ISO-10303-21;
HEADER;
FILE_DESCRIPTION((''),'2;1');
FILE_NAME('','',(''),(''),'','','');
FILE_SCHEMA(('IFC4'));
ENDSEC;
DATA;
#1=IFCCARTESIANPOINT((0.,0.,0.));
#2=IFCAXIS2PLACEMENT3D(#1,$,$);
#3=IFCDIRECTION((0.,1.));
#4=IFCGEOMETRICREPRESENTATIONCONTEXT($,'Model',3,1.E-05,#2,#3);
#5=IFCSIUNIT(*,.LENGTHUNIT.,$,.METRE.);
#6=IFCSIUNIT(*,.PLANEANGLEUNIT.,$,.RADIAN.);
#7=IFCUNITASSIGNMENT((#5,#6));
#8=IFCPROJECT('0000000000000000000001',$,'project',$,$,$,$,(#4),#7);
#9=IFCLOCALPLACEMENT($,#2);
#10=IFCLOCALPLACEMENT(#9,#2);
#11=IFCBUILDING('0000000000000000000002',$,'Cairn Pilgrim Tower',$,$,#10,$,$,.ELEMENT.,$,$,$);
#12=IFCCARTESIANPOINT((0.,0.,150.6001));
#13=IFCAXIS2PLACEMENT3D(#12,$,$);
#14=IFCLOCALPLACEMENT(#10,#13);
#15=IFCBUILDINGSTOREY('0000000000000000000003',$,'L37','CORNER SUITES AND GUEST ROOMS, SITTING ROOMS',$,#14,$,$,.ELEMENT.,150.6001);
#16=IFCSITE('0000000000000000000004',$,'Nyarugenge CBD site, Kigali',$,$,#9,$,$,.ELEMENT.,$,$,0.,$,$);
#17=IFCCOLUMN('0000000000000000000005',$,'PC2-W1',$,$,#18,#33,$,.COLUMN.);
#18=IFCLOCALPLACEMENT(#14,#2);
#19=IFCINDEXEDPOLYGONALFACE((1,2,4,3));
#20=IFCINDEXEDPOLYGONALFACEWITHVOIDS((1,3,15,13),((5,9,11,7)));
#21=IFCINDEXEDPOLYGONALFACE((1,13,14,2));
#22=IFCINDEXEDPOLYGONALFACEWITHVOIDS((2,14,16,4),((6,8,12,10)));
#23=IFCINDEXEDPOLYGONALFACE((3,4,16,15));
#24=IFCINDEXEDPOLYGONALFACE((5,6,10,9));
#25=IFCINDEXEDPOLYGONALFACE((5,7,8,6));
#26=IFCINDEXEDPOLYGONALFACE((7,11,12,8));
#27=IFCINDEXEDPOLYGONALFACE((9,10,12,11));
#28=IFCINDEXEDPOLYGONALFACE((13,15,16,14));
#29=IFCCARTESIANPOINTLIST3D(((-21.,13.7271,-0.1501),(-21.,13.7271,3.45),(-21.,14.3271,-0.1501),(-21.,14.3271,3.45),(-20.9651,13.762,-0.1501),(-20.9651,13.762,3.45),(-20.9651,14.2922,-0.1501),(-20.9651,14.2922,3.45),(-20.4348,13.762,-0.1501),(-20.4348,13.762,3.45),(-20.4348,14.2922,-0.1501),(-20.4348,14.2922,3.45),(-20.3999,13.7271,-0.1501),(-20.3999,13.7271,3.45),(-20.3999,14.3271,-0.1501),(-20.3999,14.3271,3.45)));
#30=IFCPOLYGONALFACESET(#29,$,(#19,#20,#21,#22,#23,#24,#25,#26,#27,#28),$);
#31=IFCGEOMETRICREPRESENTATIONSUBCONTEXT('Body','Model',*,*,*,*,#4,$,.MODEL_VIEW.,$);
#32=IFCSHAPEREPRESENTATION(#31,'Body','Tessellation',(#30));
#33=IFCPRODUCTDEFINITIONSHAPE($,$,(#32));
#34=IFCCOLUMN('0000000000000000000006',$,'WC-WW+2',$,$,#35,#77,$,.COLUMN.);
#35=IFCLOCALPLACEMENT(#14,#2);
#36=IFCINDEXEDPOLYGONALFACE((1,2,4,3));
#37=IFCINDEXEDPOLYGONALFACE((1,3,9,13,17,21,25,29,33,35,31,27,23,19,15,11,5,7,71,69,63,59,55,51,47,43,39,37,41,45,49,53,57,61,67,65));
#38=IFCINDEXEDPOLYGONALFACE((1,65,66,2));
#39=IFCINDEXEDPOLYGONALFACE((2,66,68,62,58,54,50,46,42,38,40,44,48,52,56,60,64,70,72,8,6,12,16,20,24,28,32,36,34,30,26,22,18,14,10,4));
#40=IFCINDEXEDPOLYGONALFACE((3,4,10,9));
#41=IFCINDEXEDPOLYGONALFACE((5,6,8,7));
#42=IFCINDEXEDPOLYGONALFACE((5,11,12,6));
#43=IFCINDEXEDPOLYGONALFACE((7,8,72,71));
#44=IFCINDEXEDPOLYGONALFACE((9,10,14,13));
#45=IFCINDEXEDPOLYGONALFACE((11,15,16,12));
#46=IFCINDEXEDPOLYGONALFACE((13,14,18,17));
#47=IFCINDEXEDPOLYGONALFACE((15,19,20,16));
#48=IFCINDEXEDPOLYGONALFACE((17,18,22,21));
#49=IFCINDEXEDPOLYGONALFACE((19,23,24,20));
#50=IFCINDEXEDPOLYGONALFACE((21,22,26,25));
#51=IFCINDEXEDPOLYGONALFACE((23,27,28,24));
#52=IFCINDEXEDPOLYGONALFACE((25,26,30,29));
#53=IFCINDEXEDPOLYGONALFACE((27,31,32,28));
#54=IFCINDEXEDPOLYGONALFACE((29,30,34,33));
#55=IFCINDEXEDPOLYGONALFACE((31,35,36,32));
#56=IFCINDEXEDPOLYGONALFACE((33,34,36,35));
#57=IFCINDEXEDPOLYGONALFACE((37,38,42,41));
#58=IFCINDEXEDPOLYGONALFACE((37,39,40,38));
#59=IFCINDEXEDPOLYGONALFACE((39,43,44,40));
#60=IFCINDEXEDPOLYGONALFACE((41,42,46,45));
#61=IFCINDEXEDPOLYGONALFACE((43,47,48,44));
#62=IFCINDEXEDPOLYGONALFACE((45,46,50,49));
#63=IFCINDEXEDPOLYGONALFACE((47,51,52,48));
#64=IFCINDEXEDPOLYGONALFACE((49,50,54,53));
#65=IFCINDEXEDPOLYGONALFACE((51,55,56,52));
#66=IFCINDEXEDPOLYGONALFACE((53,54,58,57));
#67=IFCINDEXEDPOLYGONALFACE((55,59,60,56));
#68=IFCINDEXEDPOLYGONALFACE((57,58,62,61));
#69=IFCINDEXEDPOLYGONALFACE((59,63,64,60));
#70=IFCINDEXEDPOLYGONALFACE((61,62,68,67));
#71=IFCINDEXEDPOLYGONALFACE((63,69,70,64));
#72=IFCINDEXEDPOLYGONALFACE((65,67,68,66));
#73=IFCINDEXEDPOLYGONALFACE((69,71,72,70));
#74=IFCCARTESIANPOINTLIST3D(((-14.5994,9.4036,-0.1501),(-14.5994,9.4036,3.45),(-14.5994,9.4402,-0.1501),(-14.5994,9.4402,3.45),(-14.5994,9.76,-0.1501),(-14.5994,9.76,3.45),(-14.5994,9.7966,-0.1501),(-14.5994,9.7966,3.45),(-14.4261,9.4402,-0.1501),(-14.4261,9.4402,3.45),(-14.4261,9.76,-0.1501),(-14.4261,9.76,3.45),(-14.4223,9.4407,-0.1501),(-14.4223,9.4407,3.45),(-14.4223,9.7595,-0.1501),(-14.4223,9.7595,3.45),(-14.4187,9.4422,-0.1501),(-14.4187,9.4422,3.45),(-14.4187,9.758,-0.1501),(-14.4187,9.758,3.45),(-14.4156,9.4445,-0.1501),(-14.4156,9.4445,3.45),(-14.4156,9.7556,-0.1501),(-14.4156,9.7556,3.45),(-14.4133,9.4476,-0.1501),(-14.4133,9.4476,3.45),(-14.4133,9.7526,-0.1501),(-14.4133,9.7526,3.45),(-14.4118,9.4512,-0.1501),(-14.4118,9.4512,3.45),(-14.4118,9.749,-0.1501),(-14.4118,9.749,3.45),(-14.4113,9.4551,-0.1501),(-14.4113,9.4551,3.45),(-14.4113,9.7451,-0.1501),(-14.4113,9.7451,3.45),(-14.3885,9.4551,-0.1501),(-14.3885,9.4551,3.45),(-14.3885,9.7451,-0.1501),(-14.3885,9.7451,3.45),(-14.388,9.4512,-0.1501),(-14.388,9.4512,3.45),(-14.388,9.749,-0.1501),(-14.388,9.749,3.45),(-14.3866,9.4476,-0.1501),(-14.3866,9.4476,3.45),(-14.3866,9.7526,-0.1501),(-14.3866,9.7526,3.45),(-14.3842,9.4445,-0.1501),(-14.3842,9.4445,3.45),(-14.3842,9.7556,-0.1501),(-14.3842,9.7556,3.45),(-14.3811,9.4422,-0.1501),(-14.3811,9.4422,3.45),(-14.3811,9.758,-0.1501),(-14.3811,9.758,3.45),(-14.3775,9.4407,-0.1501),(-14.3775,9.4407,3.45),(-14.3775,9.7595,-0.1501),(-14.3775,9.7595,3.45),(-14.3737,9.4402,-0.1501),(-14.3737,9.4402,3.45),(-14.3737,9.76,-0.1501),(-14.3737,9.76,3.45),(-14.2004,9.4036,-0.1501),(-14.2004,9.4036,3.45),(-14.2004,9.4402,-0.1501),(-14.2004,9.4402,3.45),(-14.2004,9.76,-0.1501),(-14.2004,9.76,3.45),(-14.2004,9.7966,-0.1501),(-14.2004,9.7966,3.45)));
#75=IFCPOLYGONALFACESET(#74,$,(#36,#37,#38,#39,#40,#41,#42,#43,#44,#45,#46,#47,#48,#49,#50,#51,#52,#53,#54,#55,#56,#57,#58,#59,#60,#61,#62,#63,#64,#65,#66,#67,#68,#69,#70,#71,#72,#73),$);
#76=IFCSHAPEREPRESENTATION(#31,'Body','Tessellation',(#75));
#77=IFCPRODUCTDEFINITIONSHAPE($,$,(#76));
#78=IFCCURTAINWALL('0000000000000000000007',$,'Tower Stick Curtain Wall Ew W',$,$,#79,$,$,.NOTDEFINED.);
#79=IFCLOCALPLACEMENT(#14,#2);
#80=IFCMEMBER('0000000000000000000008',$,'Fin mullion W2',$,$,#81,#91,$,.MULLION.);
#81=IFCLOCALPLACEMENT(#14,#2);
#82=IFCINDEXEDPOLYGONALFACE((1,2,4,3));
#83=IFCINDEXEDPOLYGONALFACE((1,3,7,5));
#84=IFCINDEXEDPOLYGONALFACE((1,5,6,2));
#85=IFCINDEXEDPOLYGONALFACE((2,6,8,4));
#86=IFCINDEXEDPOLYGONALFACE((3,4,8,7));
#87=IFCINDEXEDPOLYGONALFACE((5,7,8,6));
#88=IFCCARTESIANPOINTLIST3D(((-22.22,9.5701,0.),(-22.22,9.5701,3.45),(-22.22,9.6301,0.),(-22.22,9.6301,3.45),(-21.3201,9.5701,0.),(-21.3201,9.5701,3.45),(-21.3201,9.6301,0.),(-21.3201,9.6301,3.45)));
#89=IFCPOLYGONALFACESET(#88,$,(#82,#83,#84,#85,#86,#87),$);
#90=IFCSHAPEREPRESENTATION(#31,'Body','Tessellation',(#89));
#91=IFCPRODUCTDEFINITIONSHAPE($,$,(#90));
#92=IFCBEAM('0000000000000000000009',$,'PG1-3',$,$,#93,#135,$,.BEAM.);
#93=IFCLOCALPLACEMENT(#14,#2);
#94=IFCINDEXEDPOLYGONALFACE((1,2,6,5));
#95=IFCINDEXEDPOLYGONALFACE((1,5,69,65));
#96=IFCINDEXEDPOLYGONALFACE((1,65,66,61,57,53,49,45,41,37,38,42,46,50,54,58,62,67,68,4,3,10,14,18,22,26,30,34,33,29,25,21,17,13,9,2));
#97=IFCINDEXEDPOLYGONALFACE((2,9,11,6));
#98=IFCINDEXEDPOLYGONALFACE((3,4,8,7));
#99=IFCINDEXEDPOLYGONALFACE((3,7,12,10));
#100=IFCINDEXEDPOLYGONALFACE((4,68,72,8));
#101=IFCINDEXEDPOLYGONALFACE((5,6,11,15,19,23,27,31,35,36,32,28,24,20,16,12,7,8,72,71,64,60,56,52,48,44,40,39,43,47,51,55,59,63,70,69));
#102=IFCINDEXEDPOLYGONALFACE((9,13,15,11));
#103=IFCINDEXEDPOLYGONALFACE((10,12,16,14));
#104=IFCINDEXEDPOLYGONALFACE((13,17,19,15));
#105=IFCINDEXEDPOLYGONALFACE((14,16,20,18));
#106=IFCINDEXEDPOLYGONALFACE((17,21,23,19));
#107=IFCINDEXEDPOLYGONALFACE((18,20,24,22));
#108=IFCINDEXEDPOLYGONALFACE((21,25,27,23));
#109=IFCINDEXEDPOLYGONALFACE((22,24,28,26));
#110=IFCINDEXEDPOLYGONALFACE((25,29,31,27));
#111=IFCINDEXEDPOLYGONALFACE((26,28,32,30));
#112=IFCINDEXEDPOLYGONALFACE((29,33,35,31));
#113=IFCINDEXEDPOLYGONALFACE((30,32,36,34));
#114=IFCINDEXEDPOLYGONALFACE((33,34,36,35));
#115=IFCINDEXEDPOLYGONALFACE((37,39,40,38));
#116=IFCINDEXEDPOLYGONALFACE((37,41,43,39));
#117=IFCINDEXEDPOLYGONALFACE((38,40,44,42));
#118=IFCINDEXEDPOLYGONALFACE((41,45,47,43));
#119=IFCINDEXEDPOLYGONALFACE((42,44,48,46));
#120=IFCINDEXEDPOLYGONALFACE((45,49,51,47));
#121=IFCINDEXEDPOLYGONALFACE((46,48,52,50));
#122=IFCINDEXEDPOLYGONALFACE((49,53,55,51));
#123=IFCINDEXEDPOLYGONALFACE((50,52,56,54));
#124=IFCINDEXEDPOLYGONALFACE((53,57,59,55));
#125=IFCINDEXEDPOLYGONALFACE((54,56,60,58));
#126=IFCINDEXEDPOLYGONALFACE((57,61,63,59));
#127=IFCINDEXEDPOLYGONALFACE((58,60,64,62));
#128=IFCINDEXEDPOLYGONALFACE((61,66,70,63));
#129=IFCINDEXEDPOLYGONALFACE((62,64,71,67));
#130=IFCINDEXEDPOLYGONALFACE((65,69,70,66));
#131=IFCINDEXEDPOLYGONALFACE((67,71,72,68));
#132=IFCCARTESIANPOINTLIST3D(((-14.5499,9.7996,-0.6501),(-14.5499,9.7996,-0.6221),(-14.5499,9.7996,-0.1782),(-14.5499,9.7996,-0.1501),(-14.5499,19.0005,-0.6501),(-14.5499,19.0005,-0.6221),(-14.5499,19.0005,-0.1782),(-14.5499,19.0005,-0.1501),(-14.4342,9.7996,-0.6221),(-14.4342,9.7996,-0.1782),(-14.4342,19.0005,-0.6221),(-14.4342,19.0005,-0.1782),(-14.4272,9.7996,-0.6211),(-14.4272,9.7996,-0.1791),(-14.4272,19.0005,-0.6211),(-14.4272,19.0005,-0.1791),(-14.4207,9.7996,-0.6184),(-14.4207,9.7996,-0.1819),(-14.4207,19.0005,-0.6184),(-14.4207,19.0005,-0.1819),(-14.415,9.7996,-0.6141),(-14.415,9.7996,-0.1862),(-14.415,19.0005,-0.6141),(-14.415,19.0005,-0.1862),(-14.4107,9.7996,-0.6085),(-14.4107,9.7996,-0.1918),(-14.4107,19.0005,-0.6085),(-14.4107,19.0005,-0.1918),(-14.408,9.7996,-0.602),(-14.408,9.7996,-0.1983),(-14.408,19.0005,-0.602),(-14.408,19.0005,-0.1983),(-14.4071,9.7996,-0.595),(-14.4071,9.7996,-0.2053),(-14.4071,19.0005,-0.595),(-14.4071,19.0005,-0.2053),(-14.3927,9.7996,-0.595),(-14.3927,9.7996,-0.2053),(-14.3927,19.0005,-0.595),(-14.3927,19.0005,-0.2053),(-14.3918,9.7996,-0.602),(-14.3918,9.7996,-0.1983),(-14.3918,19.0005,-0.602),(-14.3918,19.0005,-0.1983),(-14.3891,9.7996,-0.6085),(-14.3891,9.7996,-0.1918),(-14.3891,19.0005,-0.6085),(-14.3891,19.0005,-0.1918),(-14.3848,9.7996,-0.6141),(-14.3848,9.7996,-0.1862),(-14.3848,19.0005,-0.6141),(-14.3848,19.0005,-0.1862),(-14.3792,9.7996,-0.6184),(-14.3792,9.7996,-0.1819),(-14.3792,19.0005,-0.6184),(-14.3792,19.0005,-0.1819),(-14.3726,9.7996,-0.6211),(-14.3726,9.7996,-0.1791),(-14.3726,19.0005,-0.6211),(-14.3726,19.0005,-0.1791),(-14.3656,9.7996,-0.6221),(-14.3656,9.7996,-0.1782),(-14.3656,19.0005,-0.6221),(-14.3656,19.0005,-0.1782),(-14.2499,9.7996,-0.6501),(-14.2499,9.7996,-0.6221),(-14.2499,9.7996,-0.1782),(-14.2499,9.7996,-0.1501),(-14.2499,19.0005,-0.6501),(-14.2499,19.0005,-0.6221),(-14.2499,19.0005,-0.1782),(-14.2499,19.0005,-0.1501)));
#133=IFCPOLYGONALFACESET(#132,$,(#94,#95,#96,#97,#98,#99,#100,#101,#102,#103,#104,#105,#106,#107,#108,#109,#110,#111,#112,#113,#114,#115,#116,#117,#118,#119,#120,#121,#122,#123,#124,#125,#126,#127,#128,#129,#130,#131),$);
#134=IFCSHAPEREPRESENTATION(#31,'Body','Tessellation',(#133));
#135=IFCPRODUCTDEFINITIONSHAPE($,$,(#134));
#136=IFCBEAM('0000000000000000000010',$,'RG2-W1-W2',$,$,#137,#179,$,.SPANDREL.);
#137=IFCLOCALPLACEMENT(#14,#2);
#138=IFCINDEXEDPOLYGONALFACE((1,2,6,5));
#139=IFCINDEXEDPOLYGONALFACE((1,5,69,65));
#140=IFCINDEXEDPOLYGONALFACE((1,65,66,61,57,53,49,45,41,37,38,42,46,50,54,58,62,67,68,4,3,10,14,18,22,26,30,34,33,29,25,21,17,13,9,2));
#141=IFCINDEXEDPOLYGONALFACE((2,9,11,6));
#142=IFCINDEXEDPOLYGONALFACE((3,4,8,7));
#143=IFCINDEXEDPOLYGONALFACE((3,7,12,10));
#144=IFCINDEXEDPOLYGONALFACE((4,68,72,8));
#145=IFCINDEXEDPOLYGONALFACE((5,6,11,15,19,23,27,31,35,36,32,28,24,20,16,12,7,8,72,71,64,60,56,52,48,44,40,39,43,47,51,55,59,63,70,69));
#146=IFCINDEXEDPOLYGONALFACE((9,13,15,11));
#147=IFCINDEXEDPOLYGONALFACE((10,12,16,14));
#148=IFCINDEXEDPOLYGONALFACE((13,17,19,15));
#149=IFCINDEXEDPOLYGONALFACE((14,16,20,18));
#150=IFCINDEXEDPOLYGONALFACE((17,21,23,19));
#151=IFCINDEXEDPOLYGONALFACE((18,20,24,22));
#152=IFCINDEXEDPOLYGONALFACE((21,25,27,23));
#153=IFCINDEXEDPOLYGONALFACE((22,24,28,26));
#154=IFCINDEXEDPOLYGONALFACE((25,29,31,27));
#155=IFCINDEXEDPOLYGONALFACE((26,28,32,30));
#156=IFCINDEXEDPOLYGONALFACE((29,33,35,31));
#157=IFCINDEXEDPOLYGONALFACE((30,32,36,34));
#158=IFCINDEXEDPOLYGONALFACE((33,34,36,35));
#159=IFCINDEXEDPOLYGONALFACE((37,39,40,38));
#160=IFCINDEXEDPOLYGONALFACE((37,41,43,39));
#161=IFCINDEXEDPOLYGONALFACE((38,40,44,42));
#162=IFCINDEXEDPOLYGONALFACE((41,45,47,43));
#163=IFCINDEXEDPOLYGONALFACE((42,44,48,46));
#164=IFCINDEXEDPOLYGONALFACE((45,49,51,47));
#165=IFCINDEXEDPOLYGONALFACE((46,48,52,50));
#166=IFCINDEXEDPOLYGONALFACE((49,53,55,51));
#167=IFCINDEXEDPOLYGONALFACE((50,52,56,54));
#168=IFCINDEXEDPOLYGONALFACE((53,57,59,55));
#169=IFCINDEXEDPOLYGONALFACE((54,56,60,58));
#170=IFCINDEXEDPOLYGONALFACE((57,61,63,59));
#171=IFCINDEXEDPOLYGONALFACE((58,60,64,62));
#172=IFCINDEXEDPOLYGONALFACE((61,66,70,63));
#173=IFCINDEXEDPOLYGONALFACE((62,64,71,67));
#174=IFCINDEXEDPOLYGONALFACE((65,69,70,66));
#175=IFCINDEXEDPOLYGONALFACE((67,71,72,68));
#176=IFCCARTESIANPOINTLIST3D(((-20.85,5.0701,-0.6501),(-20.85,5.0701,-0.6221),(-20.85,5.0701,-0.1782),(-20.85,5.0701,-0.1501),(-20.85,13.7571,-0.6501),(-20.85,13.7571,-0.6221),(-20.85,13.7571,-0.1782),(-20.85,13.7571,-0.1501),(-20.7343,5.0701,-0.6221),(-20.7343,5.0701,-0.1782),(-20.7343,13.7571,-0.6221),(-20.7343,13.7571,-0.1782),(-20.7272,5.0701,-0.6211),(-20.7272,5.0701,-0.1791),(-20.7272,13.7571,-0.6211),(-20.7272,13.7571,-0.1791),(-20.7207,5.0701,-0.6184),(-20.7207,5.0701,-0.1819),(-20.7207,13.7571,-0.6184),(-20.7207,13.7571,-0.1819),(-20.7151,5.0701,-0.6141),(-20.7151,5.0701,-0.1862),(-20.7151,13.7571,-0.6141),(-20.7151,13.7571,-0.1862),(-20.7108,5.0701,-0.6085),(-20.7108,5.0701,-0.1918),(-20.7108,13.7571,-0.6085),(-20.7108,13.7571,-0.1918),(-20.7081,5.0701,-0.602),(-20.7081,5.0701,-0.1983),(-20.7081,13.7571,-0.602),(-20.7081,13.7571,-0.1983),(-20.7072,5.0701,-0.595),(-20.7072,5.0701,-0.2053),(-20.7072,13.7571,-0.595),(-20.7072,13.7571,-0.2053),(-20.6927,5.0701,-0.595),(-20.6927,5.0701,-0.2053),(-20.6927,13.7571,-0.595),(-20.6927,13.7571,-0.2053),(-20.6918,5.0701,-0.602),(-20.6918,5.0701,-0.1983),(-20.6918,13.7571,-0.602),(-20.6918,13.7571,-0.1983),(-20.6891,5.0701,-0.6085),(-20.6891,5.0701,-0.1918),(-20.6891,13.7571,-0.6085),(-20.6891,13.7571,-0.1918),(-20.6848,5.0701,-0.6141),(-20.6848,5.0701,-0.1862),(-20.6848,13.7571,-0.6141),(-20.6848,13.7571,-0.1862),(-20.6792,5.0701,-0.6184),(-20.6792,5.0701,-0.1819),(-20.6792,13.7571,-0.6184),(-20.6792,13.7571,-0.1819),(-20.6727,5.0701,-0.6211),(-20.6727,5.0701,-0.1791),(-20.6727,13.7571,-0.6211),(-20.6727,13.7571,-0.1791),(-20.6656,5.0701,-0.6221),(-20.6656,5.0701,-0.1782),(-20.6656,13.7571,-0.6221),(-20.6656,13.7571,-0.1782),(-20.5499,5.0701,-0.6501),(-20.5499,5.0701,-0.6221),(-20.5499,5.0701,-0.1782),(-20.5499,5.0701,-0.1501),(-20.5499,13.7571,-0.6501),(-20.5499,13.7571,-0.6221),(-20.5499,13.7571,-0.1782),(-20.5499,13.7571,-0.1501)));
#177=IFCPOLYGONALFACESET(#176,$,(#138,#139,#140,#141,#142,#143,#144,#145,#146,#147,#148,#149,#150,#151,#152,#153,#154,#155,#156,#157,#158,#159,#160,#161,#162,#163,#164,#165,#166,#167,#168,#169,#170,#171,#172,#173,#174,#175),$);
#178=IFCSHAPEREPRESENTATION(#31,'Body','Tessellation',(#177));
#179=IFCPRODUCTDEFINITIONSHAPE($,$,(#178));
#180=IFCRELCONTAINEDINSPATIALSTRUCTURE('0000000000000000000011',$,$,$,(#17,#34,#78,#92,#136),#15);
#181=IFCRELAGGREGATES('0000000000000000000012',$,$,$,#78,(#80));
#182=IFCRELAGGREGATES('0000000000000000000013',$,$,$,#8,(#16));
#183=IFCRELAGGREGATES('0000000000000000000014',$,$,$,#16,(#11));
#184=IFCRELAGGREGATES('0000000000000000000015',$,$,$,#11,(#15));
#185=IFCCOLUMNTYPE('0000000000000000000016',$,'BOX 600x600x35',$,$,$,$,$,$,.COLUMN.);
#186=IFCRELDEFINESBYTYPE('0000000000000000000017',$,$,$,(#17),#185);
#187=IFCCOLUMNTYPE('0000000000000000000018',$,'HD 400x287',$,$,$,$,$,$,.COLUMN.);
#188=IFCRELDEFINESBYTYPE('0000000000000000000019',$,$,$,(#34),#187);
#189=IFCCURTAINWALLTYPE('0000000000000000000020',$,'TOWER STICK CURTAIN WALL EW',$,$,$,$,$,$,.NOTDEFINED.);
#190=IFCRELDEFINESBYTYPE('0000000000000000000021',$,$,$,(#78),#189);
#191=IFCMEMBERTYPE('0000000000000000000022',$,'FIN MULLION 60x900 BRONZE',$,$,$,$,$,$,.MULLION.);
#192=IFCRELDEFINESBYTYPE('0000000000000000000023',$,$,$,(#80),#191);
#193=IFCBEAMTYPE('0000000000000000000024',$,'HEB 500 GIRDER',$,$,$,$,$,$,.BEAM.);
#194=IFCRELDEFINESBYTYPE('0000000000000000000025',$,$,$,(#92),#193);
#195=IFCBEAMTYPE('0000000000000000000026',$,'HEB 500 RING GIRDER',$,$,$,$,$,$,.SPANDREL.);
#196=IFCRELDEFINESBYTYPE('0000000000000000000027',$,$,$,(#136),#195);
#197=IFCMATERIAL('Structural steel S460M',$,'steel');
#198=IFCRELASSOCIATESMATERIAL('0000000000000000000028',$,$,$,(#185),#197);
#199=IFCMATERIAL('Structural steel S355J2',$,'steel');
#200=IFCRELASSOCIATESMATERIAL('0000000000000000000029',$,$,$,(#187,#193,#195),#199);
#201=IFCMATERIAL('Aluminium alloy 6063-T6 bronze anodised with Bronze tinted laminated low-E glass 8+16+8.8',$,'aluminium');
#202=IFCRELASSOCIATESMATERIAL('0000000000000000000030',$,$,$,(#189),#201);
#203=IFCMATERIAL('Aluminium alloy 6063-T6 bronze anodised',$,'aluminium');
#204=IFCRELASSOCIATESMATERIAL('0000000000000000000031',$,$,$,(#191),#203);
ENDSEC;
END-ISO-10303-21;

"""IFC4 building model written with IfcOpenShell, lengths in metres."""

from ifc_helpers import new_model, si_unit, direction, frame, origin, origin_2d, place, context, subcontext, project, spatial, rectangle, hollow_rectangle, i_section, extrude, material, material_profile, profile_set, type_object, element, aggregate, save


model = new_model("IFC4")

# Units and contexts
model_context = context("Model", 3, precision=1e-05, world=origin(), true_north=direction((0.0, 1.0)))
body_context = subcontext(model_context, "Body", "Model", "MODEL_VIEW")
ifc_project = project(units=[si_unit("LENGTHUNIT", "METRE"), si_unit("PLANEANGLEUNIT", "RADIAN")], contexts=[model_context])

# Site, building, storey
site_placement = place(None, origin())
site = spatial("IfcSite", under=ifc_project, at=site_placement, Name="Nyarugenge CBD site, Kigali", CompositionType="ELEMENT", RefElevation=0.0)
building_placement = place(site_placement, origin())
building = spatial("IfcBuilding", under=site, at=building_placement, Name="Cairn Pilgrim Tower", CompositionType="ELEMENT")
storey_placement = place(building_placement, frame((0.0, 0.0, 150.6001)))
storey = spatial("IfcBuildingStorey", under=building, at=storey_placement, Name="L37", Description="CORNER SUITES AND GUEST ROOMS, SITTING ROOMS", CompositionType="ELEMENT", Elevation=150.6001)

# Columns
ifc_material_1 = material(Name="Structural steel S460M", Category="steel")
ifc_material_profile_1 = material_profile(ifc_material_1, hollow_rectangle(XDim=0.6001, YDim=0.6001, WallThickness=0.0349, at=origin_2d()), Name="BOX 600x600x35")
ifc_profile_set_1 = profile_set([ifc_material_profile_1], Name="Structural steel S460M")
column_type_1 = type_object("IfcColumnType", Name="BOX 600x600x35", PredefinedType="COLUMN", material=ifc_profile_set_1)
column_1_placement = place(storey_placement, frame((-20.7, 14.0271, -0.1501), z_axis=(0.0, 0.0, 1.0), x_axis=(1.0, 0.0, 0.0)))
element("IfcColumn", 1, at=column_1_placement, inside=storey, type_object=column_type_1, Name="PC2-W1", PredefinedType="COLUMN", context=body_context, shape_type="SweptSolid", body=[
    extrude(hollow_rectangle(XDim=0.6001, YDim=0.6001, WallThickness=0.0349, at=origin_2d()), origin(), (0.0, 0.0, 1.0), 3.6001),
])
ifc_material_2 = material(Name="Structural steel S355J2", Category="steel")
ifc_material_profile_2 = material_profile(ifc_material_2, i_section(OverallWidth=0.3989, OverallDepth=0.3931, WebThickness=0.0227, FlangeThickness=0.0366, FilletRadius=0.0149, at=origin_2d()), Name="HD 400x287")
ifc_profile_set_2 = profile_set([ifc_material_profile_2], Name="Structural steel S355J2")
column_type_2 = type_object("IfcColumnType", Name="HD 400x287", PredefinedType="COLUMN", material=ifc_profile_set_2)
column_2_placement = place(storey_placement, frame((-14.3999, 9.6001, -0.1501), z_axis=(0.0, 0.0, 1.0), x_axis=(1.0, 0.0, 0.0)))
element("IfcColumn", 2, at=column_2_placement, inside=storey, type_object=column_type_2, Name="WC-WW+2", PredefinedType="COLUMN", context=body_context, shape_type="SweptSolid", body=[
    extrude(i_section(OverallWidth=0.3989, OverallDepth=0.3931, WebThickness=0.0227, FlangeThickness=0.0366, FilletRadius=0.0149, at=origin_2d()), origin(), (0.0, 0.0, 1.0), 3.6001),
])

# Curtain wall, member
ifc_material_3 = material(Name="Aluminium alloy 6063-T6 bronze anodised with Bronze tinted laminated low-E glass 8+16+8.8", Category="aluminium")
curtain_wall_type = type_object("IfcCurtainWallType", Name="TOWER STICK CURTAIN WALL EW", PredefinedType="NOTDEFINED", material=ifc_material_3)
curtain_wall_placement = place(storey_placement, origin())
curtain_wall = element("IfcCurtainWall", 3, at=curtain_wall_placement, inside=storey, type_object=curtain_wall_type, Name="Tower Stick Curtain Wall Ew W", PredefinedType="NOTDEFINED")
ifc_material_4 = material(Name="Aluminium alloy 6063-T6 bronze anodised", Category="aluminium")
ifc_material_profile_3 = material_profile(ifc_material_4, rectangle(XDim=0.8999, YDim=0.0601, at=origin_2d()), Name="FIN MULLION 60x900 BRONZE")
ifc_profile_set_3 = profile_set([ifc_material_profile_3], Name="Aluminium alloy 6063-T6 bronze anodised")
member_type = type_object("IfcMemberType", Name="FIN MULLION 60x900 BRONZE", PredefinedType="MULLION", material=ifc_profile_set_3)
member_placement = place(storey_placement, frame((-21.77, 9.6001, 0.0), z_axis=(0.0, 0.0, 1.0), x_axis=(-1.0, 0.0, 0.0)))
member = element("IfcMember", 4, at=member_placement, type_object=member_type, Name="Fin mullion W2", PredefinedType="MULLION", context=body_context, shape_type="SweptSolid", body=[
    extrude(rectangle(XDim=0.8999, YDim=0.0601, at=origin_2d()), origin(), (0.0, 0.0, 1.0), 3.45),
])
aggregate(curtain_wall, [member])

# Beams
ifc_material_profile_4 = material_profile(ifc_material_2, i_section(OverallWidth=0.3, OverallDepth=0.5, WebThickness=0.0144, FlangeThickness=0.0281, FilletRadius=0.0271, at=origin_2d()), Name="HEB 500")
ifc_profile_set_4 = profile_set([ifc_material_profile_4], Name="Structural steel S355J2")
beam_type_1 = type_object("IfcBeamType", Name="HEB 500 GIRDER", PredefinedType="BEAM", material=ifc_profile_set_4)
beam_1_placement = place(storey_placement, frame((-14.3999, 9.7996, -0.4001), z_axis=(0.0, 1.0, 0.0), x_axis=(-1.0, 0.0, 0.0)))
element("IfcBeam", 5, at=beam_1_placement, inside=storey, type_object=beam_type_1, Name="PG1-3", PredefinedType="BEAM", context=body_context, shape_type="SweptSolid", body=[
    extrude(i_section(OverallWidth=0.3, OverallDepth=0.5, WebThickness=0.0144, FlangeThickness=0.0281, FilletRadius=0.0271, at=origin_2d()), origin(), (0.0, 0.0, 1.0), 9.2009),
])
ifc_material_profile_5 = material_profile(ifc_material_2, i_section(OverallWidth=0.3, OverallDepth=0.5, WebThickness=0.0144, FlangeThickness=0.0281, FilletRadius=0.0271, at=origin_2d()), Name="HEB 500")
ifc_profile_set_5 = profile_set([ifc_material_profile_5], Name="Structural steel S355J2")
beam_type_2 = type_object("IfcBeamType", Name="HEB 500 RING GIRDER", PredefinedType="SPANDREL", material=ifc_profile_set_5)
beam_2_placement = place(storey_placement, frame((-20.7, 13.7571, -0.4001), z_axis=(0.0, -1.0, 0.0), x_axis=(1.0, 0.0, 0.0)))
element("IfcBeam", 6, at=beam_2_placement, inside=storey, type_object=beam_type_2, Name="RG2-W1-W2", PredefinedType="SPANDREL", context=body_context, shape_type="SweptSolid", body=[
    extrude(i_section(OverallWidth=0.3, OverallDepth=0.5, WebThickness=0.0144, FlangeThickness=0.0281, FilletRadius=0.0271, at=origin_2d()), origin(), (0.0, 0.0, 1.0), 8.687),
])

save(model, "model.ifc")
